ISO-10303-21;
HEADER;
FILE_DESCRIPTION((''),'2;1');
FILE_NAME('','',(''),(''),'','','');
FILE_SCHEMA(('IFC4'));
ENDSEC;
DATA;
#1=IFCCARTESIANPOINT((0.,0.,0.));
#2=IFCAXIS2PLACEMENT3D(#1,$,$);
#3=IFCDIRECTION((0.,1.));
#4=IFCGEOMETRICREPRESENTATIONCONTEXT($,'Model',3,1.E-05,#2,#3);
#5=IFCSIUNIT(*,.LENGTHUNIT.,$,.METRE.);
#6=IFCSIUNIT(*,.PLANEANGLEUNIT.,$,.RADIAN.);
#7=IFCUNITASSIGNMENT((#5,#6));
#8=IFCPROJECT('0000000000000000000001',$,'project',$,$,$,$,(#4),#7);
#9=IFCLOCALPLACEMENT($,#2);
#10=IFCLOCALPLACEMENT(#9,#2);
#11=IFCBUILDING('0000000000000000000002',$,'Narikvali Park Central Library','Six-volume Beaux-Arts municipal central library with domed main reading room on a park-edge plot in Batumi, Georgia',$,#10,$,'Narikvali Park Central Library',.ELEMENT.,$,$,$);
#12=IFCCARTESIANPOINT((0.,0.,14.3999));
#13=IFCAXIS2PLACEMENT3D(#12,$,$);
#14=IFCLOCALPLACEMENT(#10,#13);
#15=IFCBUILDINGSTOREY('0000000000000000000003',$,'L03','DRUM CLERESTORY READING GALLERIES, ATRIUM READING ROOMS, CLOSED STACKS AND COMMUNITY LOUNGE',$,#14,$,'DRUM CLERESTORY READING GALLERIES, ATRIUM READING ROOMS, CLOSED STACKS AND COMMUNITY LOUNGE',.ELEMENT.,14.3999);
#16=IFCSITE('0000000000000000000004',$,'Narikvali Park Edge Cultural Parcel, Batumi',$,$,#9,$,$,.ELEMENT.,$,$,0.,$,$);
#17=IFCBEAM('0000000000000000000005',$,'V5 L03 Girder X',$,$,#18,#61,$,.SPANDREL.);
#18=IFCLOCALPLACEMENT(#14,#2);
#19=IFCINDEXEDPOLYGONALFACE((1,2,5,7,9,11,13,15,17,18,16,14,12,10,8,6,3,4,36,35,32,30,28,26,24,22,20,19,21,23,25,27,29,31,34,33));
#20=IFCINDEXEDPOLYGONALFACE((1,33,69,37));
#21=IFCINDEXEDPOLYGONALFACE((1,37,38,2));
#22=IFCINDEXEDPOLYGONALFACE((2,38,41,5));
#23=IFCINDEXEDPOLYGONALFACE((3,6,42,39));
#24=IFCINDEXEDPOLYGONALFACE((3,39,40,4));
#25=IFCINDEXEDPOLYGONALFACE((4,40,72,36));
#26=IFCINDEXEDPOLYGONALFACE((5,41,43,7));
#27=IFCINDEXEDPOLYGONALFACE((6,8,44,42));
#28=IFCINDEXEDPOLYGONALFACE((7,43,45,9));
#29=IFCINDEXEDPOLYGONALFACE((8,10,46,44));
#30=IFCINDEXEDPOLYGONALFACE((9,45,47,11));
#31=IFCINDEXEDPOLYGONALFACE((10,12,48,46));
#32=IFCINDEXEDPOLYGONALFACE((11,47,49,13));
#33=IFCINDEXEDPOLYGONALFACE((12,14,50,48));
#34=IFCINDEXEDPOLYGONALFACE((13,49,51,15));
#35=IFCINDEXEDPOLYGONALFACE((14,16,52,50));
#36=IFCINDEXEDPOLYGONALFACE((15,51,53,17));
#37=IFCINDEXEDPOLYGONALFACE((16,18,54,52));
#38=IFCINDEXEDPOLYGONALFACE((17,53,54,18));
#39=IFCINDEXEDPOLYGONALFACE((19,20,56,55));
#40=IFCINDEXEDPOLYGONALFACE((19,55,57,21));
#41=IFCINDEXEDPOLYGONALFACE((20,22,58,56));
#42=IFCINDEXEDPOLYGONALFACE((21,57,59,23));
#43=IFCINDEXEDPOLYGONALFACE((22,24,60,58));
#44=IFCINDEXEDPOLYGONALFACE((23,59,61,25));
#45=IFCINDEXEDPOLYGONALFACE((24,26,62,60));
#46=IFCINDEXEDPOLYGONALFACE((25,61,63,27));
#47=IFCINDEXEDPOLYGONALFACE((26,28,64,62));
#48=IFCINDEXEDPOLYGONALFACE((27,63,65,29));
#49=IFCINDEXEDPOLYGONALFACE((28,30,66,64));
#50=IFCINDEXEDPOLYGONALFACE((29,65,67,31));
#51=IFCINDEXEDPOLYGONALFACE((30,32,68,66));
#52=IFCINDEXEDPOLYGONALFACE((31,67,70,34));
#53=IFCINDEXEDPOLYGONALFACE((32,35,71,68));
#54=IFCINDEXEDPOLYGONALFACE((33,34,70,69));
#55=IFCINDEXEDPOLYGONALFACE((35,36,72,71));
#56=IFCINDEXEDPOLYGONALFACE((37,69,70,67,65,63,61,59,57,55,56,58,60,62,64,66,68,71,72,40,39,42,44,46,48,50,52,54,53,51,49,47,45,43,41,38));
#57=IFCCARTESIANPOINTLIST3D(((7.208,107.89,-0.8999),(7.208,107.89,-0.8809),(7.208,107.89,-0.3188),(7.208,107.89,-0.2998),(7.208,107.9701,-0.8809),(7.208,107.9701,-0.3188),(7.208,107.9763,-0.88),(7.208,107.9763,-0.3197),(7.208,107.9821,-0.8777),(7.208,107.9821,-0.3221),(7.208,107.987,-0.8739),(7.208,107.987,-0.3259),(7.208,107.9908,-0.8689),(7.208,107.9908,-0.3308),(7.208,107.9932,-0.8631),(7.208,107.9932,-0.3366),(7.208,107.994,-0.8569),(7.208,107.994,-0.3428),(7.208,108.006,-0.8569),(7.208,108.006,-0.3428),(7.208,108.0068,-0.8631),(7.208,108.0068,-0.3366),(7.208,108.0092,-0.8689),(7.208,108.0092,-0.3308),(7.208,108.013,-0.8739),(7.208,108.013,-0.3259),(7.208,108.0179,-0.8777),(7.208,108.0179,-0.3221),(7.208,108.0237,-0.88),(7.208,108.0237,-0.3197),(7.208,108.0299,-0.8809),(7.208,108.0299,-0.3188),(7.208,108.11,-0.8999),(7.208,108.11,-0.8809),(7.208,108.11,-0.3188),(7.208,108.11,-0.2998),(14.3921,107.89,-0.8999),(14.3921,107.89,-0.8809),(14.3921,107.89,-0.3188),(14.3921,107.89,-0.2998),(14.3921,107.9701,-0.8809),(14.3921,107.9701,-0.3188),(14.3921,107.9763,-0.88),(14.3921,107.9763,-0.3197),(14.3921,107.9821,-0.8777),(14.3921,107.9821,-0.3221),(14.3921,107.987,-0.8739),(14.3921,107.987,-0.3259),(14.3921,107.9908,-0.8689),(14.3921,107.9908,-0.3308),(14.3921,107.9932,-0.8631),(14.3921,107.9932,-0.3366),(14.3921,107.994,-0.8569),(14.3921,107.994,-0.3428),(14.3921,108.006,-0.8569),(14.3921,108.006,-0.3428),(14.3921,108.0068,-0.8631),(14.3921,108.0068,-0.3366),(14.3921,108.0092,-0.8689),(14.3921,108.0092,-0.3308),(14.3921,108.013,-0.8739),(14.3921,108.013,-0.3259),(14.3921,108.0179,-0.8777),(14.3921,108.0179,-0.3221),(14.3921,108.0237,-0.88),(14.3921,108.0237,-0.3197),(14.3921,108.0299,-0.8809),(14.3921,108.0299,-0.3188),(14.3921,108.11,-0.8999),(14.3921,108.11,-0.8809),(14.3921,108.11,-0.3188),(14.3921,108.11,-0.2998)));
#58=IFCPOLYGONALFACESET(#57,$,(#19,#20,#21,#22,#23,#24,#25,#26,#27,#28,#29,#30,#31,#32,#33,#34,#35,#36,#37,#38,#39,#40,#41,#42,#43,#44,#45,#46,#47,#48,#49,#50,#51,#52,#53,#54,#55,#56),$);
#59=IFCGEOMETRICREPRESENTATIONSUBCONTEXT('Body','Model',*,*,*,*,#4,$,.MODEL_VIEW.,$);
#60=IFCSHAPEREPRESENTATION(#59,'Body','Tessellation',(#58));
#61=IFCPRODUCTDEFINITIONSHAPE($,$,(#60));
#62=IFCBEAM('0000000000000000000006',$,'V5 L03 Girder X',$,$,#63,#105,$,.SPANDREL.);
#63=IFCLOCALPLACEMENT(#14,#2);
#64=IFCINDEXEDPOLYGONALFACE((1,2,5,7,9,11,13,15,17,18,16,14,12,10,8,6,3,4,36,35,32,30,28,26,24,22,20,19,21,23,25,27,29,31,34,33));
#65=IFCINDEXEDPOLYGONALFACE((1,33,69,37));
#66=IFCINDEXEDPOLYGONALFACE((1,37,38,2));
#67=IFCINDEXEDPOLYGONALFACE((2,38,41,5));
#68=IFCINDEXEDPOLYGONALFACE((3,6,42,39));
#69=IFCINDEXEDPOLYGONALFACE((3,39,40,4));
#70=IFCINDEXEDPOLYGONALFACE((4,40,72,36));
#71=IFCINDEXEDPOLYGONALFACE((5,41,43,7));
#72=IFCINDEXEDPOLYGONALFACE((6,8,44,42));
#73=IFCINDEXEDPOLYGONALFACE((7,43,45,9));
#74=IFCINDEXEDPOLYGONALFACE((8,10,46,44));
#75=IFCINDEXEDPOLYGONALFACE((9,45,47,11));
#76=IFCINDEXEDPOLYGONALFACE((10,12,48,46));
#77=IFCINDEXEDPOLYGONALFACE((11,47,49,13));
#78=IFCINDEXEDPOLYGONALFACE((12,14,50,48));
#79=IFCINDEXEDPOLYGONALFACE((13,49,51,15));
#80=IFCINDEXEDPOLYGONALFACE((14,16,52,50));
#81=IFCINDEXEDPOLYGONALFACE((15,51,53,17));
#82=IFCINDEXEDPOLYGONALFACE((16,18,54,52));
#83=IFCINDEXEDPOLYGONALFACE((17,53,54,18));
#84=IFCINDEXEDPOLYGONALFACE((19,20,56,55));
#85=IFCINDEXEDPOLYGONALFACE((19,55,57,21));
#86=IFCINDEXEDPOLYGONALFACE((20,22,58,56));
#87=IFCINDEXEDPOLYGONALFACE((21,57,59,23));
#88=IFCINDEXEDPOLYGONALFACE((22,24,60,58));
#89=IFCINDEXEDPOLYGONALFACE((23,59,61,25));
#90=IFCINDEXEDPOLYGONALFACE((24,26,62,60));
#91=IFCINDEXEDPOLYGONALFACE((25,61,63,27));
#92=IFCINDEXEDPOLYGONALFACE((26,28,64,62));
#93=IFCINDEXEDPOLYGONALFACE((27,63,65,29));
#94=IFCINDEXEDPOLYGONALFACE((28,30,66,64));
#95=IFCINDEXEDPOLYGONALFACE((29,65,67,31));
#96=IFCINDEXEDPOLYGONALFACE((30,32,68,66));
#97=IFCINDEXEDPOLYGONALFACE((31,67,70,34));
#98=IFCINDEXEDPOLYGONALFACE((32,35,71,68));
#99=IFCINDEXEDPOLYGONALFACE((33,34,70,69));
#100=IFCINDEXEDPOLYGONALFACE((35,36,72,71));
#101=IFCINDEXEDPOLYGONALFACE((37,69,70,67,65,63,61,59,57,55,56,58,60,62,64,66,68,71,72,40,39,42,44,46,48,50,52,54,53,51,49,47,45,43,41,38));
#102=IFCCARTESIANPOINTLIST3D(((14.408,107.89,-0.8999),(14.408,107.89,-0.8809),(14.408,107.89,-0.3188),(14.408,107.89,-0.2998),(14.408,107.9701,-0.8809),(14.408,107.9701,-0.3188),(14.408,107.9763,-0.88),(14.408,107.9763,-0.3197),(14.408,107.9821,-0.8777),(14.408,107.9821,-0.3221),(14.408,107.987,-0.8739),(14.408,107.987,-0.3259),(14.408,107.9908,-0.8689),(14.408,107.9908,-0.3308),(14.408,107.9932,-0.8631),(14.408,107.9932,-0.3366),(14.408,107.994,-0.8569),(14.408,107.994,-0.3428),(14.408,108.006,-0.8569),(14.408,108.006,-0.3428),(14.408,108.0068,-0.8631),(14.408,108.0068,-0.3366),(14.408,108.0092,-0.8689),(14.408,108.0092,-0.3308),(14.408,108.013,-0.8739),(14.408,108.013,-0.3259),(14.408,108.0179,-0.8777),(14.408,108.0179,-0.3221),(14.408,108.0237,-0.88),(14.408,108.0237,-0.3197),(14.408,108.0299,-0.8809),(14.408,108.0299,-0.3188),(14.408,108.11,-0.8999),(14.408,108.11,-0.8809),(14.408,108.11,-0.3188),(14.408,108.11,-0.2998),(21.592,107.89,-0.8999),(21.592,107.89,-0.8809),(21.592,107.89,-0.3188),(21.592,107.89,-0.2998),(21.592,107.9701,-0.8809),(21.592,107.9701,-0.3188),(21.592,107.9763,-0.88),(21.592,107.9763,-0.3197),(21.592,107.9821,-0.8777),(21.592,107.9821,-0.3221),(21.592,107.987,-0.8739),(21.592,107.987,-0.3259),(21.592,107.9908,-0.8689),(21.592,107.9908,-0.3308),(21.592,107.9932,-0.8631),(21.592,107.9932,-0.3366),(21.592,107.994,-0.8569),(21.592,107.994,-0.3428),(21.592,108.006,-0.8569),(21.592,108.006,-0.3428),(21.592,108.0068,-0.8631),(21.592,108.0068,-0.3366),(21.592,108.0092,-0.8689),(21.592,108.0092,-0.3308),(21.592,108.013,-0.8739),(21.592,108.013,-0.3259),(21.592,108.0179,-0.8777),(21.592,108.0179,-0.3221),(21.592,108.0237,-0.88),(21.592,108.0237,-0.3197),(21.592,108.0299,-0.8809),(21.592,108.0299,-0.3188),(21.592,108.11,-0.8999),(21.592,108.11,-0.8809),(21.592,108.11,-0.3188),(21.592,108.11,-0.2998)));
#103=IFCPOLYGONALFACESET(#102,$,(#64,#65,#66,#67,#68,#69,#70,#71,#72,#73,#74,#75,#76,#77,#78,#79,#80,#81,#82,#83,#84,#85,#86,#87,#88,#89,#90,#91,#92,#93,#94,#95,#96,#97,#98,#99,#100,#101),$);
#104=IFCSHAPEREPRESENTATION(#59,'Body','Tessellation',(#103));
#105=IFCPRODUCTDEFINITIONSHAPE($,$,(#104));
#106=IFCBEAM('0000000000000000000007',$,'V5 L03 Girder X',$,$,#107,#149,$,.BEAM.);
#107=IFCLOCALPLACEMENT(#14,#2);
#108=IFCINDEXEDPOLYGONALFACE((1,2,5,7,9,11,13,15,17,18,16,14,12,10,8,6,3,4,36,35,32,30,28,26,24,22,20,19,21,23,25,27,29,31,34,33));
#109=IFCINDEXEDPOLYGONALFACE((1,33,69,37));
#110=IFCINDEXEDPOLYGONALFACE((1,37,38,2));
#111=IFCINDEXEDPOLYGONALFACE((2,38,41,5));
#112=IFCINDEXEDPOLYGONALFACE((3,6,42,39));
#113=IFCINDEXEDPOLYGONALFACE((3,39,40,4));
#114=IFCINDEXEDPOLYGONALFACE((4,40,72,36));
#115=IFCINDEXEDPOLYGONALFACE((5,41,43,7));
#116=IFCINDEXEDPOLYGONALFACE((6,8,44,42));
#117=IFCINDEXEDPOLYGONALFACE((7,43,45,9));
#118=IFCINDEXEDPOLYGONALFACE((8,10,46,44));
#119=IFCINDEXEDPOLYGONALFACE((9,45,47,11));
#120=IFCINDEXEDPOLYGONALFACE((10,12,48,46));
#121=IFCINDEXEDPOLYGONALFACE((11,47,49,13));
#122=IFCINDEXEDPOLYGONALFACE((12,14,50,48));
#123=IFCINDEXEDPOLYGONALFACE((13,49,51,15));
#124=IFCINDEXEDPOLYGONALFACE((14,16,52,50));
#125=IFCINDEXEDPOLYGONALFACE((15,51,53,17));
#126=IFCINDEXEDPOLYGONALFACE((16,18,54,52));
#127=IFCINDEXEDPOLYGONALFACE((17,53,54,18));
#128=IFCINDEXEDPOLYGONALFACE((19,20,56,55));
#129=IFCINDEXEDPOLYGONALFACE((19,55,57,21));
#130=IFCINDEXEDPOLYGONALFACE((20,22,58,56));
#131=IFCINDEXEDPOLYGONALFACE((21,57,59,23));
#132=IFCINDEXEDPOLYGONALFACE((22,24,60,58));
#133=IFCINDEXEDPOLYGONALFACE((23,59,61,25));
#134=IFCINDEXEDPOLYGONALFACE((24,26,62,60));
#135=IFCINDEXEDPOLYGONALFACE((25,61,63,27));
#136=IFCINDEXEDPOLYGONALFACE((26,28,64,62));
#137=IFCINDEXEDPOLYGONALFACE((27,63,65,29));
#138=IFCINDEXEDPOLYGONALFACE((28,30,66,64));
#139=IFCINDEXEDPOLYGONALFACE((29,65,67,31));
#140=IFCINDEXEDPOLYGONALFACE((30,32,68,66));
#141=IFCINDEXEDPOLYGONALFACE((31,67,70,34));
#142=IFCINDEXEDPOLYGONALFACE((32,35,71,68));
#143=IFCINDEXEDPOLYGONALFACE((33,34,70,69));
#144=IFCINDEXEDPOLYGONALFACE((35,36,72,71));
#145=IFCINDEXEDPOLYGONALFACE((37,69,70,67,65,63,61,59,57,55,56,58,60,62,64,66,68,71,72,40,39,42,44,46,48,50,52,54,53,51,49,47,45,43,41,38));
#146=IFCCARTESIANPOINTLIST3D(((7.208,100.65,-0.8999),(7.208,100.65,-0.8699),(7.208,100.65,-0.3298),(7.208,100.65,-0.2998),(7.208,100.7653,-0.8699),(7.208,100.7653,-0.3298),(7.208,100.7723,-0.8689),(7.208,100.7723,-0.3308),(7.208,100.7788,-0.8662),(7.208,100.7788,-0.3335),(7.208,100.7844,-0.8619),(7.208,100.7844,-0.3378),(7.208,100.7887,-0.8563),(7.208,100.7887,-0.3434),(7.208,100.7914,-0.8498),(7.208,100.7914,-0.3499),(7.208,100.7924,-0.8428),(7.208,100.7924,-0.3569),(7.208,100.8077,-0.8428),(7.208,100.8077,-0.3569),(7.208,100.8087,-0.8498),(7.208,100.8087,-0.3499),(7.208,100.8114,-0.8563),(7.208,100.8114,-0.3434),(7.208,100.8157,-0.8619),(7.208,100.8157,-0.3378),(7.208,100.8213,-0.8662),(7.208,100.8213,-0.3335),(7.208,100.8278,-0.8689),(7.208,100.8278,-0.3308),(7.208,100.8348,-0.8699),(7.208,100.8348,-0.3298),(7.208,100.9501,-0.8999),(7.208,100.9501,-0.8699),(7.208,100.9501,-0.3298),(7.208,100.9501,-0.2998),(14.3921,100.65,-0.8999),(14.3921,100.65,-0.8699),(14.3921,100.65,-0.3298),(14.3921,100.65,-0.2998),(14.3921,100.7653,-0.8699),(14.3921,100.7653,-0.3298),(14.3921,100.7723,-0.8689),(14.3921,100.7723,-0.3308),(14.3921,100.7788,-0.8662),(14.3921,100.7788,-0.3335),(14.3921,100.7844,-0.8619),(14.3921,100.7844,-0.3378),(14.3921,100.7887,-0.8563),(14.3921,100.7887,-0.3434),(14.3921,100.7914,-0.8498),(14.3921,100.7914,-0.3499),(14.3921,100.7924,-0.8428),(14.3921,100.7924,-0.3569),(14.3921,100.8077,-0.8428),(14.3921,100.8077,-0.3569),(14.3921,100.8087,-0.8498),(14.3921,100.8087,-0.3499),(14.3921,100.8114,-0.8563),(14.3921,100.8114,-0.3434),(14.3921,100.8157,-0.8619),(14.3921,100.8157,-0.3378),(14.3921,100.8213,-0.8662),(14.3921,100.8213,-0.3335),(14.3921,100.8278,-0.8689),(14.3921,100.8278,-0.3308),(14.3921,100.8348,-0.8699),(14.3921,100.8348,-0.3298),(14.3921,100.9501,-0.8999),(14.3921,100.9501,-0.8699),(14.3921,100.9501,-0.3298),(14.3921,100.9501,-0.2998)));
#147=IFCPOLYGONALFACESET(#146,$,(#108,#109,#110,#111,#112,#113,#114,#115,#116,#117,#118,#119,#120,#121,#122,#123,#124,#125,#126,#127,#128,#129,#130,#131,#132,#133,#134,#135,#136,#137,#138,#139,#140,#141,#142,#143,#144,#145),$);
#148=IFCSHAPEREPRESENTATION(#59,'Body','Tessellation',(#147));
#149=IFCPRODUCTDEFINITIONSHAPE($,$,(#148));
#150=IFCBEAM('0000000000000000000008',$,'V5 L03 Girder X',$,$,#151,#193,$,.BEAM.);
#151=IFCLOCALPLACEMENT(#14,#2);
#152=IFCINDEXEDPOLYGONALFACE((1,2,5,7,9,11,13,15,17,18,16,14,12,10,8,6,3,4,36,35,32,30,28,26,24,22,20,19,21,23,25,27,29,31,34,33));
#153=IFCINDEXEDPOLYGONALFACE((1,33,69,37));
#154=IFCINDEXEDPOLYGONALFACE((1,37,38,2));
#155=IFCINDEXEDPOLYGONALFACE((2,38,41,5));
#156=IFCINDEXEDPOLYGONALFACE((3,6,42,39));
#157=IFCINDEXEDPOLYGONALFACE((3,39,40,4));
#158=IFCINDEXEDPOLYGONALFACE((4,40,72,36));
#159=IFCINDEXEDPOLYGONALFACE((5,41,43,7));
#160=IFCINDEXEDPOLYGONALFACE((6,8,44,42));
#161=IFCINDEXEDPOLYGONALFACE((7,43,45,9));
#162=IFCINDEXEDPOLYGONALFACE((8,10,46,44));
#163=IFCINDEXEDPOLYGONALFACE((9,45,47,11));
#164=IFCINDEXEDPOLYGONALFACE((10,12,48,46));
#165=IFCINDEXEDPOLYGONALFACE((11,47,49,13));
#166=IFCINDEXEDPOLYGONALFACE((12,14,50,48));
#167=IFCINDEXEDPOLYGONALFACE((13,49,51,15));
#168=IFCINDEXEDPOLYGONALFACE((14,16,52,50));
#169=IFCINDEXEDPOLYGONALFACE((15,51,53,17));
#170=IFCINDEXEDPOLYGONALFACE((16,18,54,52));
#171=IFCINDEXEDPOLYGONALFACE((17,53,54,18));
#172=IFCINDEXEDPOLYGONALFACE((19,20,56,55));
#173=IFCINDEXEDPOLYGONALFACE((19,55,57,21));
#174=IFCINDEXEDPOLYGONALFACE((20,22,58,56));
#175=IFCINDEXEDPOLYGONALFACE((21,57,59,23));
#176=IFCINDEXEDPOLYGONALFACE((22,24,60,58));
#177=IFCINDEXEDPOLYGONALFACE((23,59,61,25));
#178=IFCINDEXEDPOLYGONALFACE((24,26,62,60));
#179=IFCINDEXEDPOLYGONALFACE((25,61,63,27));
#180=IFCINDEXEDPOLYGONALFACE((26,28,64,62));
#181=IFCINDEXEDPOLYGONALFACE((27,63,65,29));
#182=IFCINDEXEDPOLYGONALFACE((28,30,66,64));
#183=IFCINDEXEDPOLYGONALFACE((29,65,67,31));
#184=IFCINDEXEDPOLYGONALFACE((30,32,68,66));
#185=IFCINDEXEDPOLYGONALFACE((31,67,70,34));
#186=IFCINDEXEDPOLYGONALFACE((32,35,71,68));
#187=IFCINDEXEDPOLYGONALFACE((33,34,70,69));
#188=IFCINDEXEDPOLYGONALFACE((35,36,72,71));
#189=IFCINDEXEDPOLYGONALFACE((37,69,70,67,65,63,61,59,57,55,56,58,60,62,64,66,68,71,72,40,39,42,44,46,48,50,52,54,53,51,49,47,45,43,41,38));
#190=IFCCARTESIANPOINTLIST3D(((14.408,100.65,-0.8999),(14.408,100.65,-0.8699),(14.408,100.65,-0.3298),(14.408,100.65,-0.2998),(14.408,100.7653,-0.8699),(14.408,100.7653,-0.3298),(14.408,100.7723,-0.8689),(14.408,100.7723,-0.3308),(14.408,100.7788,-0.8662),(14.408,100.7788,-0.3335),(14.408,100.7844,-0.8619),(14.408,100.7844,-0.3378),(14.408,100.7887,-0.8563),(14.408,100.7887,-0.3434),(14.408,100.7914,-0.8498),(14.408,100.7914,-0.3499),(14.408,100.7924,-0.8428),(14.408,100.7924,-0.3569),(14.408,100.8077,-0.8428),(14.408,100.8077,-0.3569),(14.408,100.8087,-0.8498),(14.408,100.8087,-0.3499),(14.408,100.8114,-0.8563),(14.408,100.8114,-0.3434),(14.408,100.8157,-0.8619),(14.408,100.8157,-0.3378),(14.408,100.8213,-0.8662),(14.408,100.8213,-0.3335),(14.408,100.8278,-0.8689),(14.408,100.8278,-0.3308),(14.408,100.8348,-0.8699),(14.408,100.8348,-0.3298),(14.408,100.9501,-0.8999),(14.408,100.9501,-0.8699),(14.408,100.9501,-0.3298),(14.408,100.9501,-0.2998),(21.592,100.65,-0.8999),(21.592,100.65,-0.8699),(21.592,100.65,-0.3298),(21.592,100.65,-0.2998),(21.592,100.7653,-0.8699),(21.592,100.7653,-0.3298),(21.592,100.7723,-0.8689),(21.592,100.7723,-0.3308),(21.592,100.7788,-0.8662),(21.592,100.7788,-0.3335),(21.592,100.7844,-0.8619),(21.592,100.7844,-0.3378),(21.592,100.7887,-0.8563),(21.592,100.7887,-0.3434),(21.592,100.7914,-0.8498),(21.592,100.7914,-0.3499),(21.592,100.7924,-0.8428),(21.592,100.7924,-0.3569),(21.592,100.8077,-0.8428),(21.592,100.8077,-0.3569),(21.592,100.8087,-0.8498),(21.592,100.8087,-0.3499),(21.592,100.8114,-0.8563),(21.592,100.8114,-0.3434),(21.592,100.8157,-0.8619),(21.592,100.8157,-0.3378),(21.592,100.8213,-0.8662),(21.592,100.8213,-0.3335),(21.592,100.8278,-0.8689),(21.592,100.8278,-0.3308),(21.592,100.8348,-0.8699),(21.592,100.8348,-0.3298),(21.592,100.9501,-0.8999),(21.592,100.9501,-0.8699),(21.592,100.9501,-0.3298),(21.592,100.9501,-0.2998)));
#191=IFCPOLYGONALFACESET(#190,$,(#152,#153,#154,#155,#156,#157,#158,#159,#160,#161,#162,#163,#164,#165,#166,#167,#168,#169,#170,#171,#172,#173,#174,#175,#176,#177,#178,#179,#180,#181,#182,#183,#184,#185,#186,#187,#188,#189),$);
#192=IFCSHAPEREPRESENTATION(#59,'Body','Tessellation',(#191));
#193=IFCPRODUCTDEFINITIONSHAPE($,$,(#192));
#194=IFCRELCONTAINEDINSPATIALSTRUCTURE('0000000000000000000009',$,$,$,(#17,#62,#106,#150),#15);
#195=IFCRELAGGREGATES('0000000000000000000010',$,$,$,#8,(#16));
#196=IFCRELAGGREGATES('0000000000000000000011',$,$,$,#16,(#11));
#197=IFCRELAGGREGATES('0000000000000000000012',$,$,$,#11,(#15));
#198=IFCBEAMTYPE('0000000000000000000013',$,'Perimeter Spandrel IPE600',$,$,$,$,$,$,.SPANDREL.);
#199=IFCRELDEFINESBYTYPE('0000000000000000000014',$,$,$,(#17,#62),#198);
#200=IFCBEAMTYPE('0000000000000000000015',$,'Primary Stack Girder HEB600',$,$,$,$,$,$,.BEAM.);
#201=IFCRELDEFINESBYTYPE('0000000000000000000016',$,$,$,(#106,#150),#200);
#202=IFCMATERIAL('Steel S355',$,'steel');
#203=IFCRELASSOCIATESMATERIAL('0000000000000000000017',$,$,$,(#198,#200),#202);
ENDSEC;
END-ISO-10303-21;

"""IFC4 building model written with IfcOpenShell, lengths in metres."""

from ifc_helpers import new_model, si_unit, direction, frame, origin, origin_2d, place, context, subcontext, project, spatial, i_section, extrude, material, material_profile, profile_set, type_object, element, save


model = new_model("IFC4")

# Units and contexts
model_context = context("Model", 3, precision=1e-05, world=origin(), true_north=direction((0.0, 1.0)))
body_context = subcontext(model_context, "Body", "Model", "MODEL_VIEW")
ifc_project = project(units=[si_unit("LENGTHUNIT", "METRE"), si_unit("PLANEANGLEUNIT", "RADIAN")], contexts=[model_context])

# Site, building, storey
site_placement = place(None, origin())
site = spatial("IfcSite", under=ifc_project, at=site_placement, Name="Narikvali Park Edge Cultural Parcel, Batumi", CompositionType="ELEMENT", RefElevation=0.0)
building_placement = place(site_placement, origin())
building = spatial("IfcBuilding", under=site, at=building_placement, Name="Narikvali Park Central Library", Description="Six-volume Beaux-Arts municipal central library with domed main reading room on a park-edge plot in Batumi, Georgia", LongName="Narikvali Park Central Library", CompositionType="ELEMENT")
storey_placement = place(building_placement, frame((0.0, 0.0, 14.3999)))
storey = spatial("IfcBuildingStorey", under=building, at=storey_placement, Name="L03", Description="DRUM CLERESTORY READING GALLERIES, ATRIUM READING ROOMS, CLOSED STACKS AND COMMUNITY LOUNGE", LongName="DRUM CLERESTORY READING GALLERIES, ATRIUM READING ROOMS, CLOSED STACKS AND COMMUNITY LOUNGE", CompositionType="ELEMENT", Elevation=14.3999)

# Shared definitions
ifc_material_1 = material(Name="Steel S355", Category="steel")

# Beams
ifc_material_profile_1 = material_profile(ifc_material_1, i_section(OverallWidth=0.22, OverallDepth=0.6001, WebThickness=0.012, FlangeThickness=0.019, FilletRadius=0.0239, at=origin_2d()), Name="IPE 600")
ifc_profile_set_1 = profile_set([ifc_material_profile_1], Name="Steel S355")
beam_type_1 = type_object("IfcBeamType", Name="Perimeter Spandrel IPE600", PredefinedType="SPANDREL", material=ifc_profile_set_1)
for number, where, z_axis, x_axis, name in (
    (1, (7.208, 108.0, -0.5999), (1.0, 0.0, 0.0), (0.0, 1.0, 0.0), "V5 L03 Girder X"),
    (2, (14.408, 108.0, -0.5999), (1.0, 0.0, 0.0), (0.0, 1.0, 0.0), "V5 L03 Girder X"),
):
    element("IfcBeam", number, at=place(storey_placement, frame(where, z_axis=z_axis, x_axis=x_axis)), inside=storey, type_object=beam_type_1, Name=name, PredefinedType="SPANDREL", context=body_context, shape_type="SweptSolid", body=[
        extrude(i_section(OverallWidth=0.22, OverallDepth=0.6001, WebThickness=0.012, FlangeThickness=0.019, FilletRadius=0.0239, at=origin_2d()), origin(), (0.0, 0.0, 1.0), 7.1841),
    ])
ifc_material_profile_2 = material_profile(ifc_material_1, i_section(OverallWidth=0.3, OverallDepth=0.6001, WebThickness=0.0154, FlangeThickness=0.03, FilletRadius=0.0271, at=origin_2d()), Name="HEB 600")
ifc_profile_set_2 = profile_set([ifc_material_profile_2], Name="Steel S355")
beam_type_2 = type_object("IfcBeamType", Name="Primary Stack Girder HEB600", PredefinedType="BEAM", material=ifc_profile_set_2)
for number, where, z_axis, x_axis, name in (
    (3, (7.208, 100.8, -0.5999), (1.0, 0.0, 0.0), (0.0, 1.0, 0.0), "V5 L03 Girder X"),
    (4, (14.408, 100.8, -0.5999), (1.0, 0.0, 0.0), (0.0, 1.0, 0.0), "V5 L03 Girder X"),
):
    element("IfcBeam", number, at=place(storey_placement, frame(where, z_axis=z_axis, x_axis=x_axis)), inside=storey, type_object=beam_type_2, Name=name, PredefinedType="BEAM", context=body_context, shape_type="SweptSolid", body=[
        extrude(i_section(OverallWidth=0.3, OverallDepth=0.6001, WebThickness=0.0154, FlangeThickness=0.03, FilletRadius=0.0271, at=origin_2d()), origin(), (0.0, 0.0, 1.0), 7.1841),
    ])

save(model, "model.ifc")
